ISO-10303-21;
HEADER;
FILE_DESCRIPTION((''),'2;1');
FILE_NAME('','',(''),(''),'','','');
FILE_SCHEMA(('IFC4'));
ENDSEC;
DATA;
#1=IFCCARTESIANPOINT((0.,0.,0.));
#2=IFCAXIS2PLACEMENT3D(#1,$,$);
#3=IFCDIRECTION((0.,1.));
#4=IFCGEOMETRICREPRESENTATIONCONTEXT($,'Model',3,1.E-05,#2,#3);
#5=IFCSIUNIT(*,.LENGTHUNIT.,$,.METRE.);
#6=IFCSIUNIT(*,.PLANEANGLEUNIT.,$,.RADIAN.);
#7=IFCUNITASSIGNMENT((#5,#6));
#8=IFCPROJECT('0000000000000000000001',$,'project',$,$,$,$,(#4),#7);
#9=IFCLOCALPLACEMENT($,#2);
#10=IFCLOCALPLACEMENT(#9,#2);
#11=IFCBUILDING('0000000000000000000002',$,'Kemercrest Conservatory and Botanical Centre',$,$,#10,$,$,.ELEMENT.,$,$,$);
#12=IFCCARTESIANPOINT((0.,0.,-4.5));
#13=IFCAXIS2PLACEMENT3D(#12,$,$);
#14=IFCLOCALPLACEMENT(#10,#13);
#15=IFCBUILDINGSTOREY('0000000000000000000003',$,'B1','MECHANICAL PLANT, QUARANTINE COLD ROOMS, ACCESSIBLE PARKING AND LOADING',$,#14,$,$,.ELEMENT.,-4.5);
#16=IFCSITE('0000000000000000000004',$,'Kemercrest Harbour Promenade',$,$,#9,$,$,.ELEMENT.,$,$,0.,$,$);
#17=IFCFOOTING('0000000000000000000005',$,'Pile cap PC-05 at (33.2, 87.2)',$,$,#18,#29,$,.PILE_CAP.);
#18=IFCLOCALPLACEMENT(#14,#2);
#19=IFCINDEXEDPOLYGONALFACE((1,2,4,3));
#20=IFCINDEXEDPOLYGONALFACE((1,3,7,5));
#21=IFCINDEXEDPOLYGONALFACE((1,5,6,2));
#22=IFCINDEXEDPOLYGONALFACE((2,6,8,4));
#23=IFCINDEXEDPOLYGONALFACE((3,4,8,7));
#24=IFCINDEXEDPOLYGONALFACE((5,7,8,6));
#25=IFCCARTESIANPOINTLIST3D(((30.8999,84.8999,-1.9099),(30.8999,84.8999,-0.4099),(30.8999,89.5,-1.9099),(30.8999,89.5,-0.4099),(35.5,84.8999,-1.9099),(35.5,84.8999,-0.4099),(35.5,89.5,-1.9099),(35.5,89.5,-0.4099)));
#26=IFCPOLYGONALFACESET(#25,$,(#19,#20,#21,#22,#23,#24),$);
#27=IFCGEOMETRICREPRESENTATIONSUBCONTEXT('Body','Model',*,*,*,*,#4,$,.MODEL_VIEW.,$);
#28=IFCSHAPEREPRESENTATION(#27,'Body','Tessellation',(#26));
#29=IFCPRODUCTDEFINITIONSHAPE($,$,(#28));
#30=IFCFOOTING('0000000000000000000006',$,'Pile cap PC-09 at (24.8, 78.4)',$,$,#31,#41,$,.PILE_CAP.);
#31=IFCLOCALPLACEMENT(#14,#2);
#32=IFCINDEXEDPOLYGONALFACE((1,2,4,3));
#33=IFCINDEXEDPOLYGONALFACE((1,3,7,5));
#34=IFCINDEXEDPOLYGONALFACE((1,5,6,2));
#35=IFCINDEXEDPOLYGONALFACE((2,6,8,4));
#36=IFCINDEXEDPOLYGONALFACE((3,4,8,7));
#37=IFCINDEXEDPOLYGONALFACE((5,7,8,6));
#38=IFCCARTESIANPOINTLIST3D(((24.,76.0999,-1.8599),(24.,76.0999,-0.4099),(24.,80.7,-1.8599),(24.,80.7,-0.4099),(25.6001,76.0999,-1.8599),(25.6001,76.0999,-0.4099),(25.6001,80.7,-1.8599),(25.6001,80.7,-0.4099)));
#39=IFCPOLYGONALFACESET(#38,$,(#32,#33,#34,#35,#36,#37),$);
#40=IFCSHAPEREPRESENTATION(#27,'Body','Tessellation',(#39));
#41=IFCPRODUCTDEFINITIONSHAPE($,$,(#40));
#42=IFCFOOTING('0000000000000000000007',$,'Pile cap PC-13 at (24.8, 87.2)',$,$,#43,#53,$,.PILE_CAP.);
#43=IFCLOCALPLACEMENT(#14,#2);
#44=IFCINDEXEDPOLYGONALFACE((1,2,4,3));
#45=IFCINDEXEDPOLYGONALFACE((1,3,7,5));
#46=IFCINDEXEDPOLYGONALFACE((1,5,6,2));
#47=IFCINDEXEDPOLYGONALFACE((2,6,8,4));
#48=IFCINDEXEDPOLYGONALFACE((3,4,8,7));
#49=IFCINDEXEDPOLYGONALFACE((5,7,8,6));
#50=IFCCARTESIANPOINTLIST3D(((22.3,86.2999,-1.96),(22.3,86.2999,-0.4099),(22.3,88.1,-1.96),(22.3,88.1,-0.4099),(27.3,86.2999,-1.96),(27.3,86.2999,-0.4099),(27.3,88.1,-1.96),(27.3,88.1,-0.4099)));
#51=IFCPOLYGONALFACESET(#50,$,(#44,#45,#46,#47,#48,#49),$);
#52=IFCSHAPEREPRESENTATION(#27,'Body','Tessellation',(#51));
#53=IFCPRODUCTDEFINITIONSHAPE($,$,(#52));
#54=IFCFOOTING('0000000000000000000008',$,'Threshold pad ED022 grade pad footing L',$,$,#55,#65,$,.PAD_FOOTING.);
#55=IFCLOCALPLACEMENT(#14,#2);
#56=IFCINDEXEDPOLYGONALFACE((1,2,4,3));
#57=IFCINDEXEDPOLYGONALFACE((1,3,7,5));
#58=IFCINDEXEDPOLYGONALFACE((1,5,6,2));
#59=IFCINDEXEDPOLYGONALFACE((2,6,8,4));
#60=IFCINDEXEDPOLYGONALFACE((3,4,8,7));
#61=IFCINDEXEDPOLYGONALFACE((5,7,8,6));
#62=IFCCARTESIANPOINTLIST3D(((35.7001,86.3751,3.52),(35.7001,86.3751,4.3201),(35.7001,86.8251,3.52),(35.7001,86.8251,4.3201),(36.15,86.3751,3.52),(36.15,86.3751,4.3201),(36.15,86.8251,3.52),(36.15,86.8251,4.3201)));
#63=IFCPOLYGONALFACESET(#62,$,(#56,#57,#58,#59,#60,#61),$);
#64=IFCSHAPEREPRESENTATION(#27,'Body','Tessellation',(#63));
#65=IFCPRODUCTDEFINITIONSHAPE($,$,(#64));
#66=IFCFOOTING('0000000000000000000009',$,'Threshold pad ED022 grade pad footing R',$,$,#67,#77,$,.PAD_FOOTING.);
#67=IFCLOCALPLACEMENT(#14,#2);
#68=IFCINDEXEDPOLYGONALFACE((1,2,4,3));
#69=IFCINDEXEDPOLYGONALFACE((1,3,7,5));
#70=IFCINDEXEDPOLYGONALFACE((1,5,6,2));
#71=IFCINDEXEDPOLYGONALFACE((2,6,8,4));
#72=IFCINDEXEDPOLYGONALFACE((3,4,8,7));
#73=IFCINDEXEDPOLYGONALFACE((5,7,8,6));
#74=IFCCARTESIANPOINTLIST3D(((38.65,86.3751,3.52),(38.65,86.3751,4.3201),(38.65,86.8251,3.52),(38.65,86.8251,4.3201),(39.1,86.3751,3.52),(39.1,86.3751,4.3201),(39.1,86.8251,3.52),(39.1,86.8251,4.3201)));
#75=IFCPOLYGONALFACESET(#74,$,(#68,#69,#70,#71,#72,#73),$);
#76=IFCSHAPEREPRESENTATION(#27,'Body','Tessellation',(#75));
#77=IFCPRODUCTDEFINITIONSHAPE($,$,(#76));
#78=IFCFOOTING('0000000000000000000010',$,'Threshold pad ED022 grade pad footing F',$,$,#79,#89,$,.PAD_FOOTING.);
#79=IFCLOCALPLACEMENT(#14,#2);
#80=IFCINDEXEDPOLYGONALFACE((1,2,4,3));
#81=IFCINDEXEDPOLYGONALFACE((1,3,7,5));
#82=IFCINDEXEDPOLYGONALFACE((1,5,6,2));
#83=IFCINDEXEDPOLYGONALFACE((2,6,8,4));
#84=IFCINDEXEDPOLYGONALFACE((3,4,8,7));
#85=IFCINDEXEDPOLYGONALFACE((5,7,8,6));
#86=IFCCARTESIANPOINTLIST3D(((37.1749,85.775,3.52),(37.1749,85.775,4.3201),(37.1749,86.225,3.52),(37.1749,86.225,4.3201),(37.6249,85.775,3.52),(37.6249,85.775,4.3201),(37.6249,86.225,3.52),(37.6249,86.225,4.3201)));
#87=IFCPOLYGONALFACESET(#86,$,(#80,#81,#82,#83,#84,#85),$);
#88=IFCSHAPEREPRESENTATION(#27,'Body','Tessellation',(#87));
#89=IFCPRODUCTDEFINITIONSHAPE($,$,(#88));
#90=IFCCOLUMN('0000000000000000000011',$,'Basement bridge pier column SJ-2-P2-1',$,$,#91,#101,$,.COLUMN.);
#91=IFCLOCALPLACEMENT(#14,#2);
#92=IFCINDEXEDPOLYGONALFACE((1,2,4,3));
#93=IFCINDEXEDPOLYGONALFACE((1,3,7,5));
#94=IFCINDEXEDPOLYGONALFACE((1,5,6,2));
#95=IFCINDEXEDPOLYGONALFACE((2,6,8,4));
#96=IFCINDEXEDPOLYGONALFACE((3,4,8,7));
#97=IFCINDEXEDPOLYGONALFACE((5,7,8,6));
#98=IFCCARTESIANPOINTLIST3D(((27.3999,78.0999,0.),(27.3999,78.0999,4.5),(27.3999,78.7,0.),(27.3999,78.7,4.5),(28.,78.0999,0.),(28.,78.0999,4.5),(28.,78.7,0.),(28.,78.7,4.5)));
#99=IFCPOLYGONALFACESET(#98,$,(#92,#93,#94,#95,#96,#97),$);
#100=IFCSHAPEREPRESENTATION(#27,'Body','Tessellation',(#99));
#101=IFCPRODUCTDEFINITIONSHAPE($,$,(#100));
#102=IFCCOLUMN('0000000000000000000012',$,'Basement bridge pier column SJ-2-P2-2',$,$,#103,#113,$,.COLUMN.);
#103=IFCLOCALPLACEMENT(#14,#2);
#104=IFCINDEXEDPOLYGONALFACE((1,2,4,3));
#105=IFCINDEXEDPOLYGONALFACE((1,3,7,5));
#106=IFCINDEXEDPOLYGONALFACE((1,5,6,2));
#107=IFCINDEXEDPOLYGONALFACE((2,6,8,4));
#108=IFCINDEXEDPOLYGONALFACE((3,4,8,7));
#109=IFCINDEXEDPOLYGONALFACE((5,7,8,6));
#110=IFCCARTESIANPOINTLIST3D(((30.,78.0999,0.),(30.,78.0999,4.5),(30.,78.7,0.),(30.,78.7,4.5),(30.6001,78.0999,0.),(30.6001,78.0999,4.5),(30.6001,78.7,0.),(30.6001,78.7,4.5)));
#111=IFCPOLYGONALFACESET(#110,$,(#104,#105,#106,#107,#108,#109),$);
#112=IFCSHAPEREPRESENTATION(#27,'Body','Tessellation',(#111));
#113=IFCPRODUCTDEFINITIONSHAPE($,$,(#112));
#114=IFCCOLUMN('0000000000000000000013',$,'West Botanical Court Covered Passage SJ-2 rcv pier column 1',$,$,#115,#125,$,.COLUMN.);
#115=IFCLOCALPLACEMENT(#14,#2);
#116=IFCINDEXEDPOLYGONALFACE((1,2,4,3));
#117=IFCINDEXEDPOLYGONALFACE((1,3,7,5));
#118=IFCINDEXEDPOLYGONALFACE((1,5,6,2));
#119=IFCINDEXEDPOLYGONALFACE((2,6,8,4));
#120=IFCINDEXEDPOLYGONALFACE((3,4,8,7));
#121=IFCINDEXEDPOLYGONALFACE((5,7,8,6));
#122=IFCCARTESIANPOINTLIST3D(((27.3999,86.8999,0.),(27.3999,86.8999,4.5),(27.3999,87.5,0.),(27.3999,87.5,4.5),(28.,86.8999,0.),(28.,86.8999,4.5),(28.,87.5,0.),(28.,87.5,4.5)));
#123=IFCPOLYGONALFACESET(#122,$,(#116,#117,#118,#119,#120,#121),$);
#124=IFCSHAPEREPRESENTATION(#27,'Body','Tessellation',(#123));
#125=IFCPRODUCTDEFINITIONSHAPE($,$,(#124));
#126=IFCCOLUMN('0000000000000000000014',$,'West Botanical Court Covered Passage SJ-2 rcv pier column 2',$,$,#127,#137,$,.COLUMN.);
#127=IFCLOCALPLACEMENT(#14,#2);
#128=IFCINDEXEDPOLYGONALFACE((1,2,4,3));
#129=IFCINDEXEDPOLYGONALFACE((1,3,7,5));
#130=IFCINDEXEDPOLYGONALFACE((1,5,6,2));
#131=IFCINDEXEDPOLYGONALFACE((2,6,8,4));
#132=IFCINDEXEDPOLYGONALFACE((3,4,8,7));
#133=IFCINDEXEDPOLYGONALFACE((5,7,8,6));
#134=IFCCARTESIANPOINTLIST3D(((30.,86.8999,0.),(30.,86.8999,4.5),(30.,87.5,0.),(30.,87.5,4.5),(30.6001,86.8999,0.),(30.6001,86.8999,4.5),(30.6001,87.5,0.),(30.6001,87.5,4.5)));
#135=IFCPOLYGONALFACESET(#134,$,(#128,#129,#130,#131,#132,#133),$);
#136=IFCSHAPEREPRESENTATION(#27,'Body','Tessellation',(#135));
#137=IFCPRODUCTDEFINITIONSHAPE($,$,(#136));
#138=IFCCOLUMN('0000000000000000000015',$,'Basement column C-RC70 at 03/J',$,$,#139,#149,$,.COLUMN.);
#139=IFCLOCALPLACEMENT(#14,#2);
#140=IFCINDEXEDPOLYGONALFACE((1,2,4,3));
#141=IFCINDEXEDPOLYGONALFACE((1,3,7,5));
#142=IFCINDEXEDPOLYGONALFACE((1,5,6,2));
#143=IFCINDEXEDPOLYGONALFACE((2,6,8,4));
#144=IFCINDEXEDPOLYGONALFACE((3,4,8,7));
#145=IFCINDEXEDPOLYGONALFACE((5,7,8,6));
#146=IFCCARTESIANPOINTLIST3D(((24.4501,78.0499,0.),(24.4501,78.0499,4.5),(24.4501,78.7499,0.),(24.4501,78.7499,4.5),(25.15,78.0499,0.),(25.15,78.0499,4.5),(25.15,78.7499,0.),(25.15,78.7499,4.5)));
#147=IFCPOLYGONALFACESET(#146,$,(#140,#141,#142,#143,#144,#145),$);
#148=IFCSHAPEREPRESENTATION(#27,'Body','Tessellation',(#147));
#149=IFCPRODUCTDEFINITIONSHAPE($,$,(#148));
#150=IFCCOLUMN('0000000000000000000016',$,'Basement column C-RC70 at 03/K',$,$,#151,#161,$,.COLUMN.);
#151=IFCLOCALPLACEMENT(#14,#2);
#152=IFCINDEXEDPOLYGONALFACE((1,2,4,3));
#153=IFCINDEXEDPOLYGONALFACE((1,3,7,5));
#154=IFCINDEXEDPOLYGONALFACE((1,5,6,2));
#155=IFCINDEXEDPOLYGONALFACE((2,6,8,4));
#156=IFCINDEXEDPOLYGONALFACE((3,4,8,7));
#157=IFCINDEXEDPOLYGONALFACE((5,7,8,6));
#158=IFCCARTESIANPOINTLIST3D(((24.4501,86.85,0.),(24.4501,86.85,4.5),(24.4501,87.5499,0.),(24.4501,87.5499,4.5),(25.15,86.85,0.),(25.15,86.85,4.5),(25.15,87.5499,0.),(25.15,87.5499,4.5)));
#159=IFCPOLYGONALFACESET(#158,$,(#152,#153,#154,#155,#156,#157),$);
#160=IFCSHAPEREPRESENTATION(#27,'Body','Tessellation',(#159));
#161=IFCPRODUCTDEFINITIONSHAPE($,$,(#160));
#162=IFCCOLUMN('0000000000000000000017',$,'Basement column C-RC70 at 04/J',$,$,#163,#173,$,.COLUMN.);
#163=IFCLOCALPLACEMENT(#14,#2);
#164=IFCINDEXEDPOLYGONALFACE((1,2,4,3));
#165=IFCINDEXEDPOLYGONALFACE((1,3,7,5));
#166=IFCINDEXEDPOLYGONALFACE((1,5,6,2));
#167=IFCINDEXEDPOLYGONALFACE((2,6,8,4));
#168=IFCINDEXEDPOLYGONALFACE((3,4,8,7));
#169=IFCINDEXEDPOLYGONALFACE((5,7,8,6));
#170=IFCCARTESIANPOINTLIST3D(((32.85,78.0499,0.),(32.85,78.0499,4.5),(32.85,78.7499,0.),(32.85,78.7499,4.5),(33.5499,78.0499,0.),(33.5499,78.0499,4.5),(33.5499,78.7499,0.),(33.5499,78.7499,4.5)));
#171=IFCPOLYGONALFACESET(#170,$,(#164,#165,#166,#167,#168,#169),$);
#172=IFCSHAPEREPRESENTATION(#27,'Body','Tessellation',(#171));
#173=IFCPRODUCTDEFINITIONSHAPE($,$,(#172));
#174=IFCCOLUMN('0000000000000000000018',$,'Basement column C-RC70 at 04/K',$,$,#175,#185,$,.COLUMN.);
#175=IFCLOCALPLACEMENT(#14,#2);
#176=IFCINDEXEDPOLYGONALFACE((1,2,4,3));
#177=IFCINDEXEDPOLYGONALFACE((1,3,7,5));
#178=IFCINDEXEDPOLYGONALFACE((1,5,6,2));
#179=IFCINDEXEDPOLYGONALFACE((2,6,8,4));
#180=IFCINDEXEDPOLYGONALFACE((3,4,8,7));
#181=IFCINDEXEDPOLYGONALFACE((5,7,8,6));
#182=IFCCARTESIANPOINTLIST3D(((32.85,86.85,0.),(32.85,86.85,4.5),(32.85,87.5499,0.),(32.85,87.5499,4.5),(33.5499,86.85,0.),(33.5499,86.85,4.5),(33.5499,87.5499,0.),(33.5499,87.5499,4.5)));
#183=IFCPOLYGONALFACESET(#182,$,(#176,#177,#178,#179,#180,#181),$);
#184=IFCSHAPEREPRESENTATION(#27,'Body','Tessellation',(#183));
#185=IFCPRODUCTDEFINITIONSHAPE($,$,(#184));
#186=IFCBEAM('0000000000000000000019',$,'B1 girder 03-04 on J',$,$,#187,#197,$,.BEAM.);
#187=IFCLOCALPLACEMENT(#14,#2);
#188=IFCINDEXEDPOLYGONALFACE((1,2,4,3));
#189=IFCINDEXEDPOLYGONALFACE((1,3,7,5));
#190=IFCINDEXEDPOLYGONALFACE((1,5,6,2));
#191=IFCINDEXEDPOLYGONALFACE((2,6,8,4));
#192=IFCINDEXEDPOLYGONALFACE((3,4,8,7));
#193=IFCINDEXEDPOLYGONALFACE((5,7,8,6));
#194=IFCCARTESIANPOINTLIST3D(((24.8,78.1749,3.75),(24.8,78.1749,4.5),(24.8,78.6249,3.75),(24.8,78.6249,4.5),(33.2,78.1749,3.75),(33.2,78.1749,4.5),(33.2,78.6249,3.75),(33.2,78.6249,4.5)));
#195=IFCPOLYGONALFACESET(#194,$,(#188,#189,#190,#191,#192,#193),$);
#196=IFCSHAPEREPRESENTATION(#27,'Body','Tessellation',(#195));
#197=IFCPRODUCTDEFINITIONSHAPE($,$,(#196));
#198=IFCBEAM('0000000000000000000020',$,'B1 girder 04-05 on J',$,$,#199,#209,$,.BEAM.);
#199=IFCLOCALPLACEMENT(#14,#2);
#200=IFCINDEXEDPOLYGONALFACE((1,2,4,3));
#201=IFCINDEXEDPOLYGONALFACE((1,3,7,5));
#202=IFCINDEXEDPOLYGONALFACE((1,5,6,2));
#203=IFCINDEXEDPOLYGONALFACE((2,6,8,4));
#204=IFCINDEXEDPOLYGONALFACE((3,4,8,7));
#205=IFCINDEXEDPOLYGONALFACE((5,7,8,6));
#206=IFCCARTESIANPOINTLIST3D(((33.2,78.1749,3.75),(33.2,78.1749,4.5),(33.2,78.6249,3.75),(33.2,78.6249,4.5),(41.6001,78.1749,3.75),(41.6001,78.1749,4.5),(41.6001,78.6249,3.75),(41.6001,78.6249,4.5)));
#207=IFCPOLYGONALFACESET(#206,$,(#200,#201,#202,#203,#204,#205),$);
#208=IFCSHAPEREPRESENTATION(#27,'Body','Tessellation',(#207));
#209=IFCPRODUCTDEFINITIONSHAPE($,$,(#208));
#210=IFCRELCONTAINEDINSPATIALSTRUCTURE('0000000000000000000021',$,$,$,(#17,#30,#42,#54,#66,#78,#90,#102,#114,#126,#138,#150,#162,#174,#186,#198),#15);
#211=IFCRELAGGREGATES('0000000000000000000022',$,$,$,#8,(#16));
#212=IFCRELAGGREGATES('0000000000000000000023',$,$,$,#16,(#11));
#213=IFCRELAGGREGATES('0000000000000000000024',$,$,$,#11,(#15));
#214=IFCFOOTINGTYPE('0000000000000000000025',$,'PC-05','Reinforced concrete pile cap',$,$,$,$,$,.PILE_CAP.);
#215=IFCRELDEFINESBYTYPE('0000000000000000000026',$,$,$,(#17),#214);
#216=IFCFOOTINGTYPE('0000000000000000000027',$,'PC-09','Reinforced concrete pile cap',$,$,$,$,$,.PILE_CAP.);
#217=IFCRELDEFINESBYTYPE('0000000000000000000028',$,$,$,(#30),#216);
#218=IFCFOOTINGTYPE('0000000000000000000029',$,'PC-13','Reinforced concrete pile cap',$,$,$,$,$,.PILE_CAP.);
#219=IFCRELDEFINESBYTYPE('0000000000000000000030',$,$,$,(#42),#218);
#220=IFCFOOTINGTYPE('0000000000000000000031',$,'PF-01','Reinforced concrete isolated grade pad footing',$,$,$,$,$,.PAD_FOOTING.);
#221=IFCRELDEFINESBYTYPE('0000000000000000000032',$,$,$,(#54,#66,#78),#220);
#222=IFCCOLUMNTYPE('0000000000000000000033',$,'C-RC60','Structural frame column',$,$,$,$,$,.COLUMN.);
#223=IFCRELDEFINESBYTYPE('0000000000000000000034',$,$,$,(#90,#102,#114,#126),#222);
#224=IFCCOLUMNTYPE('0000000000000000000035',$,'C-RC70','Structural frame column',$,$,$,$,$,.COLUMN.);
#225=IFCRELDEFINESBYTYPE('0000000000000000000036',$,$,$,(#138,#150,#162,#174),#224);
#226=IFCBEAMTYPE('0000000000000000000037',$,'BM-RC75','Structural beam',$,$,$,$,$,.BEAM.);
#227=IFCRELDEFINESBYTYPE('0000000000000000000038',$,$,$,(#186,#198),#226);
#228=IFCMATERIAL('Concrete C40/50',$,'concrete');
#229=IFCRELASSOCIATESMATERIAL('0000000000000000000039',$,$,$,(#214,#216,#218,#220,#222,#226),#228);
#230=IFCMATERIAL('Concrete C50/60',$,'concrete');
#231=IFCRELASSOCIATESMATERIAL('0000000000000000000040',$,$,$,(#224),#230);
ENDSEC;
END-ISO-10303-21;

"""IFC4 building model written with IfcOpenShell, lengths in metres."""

from ifc_helpers import new_model, si_unit, direction, frame, origin, origin_2d, place, context, subcontext, project, spatial, rectangle, extrude, material, material_profile, profile_set, type_object, element, save


model = new_model("IFC4")

# Units and contexts
model_context = context("Model", 3, precision=1e-05, world=origin(), true_north=direction((0.0, 1.0)))
body_context = subcontext(model_context, "Body", "Model", "MODEL_VIEW")
ifc_project = project(units=[si_unit("LENGTHUNIT", "METRE"), si_unit("PLANEANGLEUNIT", "RADIAN")], contexts=[model_context])

# Site, building, storey
site_placement = place(None, origin())
site = spatial("IfcSite", under=ifc_project, at=site_placement, Name="Kemercrest Harbour Promenade", CompositionType="ELEMENT", RefElevation=0.0)
building_placement = place(site_placement, origin())
building = spatial("IfcBuilding", under=site, at=building_placement, Name="Kemercrest Conservatory and Botanical Centre", CompositionType="ELEMENT")
storey_placement = place(building_placement, frame((0.0, 0.0, -4.5)))
storey = spatial("IfcBuildingStorey", under=building, at=storey_placement, Name="B1", Description="MECHANICAL PLANT, QUARANTINE COLD ROOMS, ACCESSIBLE PARKING AND LOADING", CompositionType="ELEMENT", Elevation=-4.5)

# Shared definitions
ifc_material_1 = material(Name="Concrete C40/50", Category="concrete")

# Footings
footing_type_1 = type_object("IfcFootingType", Name="PC-05", Description="Reinforced concrete pile cap", PredefinedType="PILE_CAP", material=ifc_material_1)
footing_1_placement = place(storey_placement, frame((33.2, 87.2, -1.9099), z_axis=(0.0, 0.0, 1.0), x_axis=(1.0, 0.0, 0.0)))
element("IfcFooting", 1, at=footing_1_placement, inside=storey, type_object=footing_type_1, Name="Pile cap PC-05 at (33.2, 87.2)", PredefinedType="PILE_CAP", context=body_context, shape_type="SweptSolid", body=[
    extrude(rectangle(XDim=4.6001, YDim=4.6001, at=origin_2d()), origin(), (0.0, 0.0, 1.0), 1.5),
])
footing_type_2 = type_object("IfcFootingType", Name="PC-09", Description="Reinforced concrete pile cap", PredefinedType="PILE_CAP", material=ifc_material_1)
footing_2_placement = place(storey_placement, frame((24.8, 78.3999, -1.8599), z_axis=(0.0, 0.0, 1.0), x_axis=(1.0, 0.0, 0.0)))
element("IfcFooting", 2, at=footing_2_placement, inside=storey, type_object=footing_type_2, Name="Pile cap PC-09 at (24.8, 78.4)", PredefinedType="PILE_CAP", context=body_context, shape_type="SweptSolid", body=[
    extrude(rectangle(XDim=1.6001, YDim=4.6001, at=origin_2d()), origin(), (0.0, 0.0, 1.0), 1.45),
])
footing_type_3 = type_object("IfcFootingType", Name="PC-13", Description="Reinforced concrete pile cap", PredefinedType="PILE_CAP", material=ifc_material_1)
footing_3_placement = place(storey_placement, frame((24.8, 87.2, -1.96), z_axis=(0.0, 0.0, 1.0), x_axis=(1.0, 0.0, 0.0)))
element("IfcFooting", 3, at=footing_3_placement, inside=storey, type_object=footing_type_3, Name="Pile cap PC-13 at (24.8, 87.2)", PredefinedType="PILE_CAP", context=body_context, shape_type="SweptSolid", body=[
    extrude(rectangle(XDim=5.0, YDim=1.8, at=origin_2d()), origin(), (0.0, 0.0, 1.0), 1.55),
])
footing_type_4 = type_object("IfcFootingType", Name="PF-01", Description="Reinforced concrete isolated grade pad footing", PredefinedType="PAD_FOOTING", material=ifc_material_1)
for number, where, z_axis, x_axis, name in (
    (4, (35.925, 86.6001, 3.52), (0.0, 0.0, 1.0), (1.0, 0.0, 0.0), "Threshold pad ED022 grade pad footing L"),
    (5, (38.875, 86.6001, 3.52), (0.0, 0.0, 1.0), (1.0, 0.0, 0.0), "Threshold pad ED022 grade pad footing R"),
    (6, (37.3999, 86.0, 3.52), (0.0, 0.0, 1.0), (1.0, 0.0, 0.0), "Threshold pad ED022 grade pad footing F"),
):
    element("IfcFooting", number, at=place(storey_placement, frame(where, z_axis=z_axis, x_axis=x_axis)), inside=storey, type_object=footing_type_4, Name=name, PredefinedType="PAD_FOOTING", context=body_context, shape_type="SweptSolid", body=[
        extrude(rectangle(XDim=0.45, YDim=0.45, at=origin_2d()), origin(), (0.0, 0.0, 1.0), 0.8),
    ])

# Columns
ifc_material_profile_1 = material_profile(ifc_material_1, rectangle(XDim=0.6001, YDim=0.6001, at=origin_2d()), Name="RC 600x600")
ifc_profile_set_1 = profile_set([ifc_material_profile_1], Name="Concrete C40/50")
column_type_1 = type_object("IfcColumnType", Name="C-RC60", Description="Structural frame column", PredefinedType="COLUMN", material=ifc_profile_set_1)
for number, where, z_axis, x_axis, name in (
    (7, (27.7, 78.3999, 0.0), (0.0, 0.0, 1.0), (1.0, 0.0, 0.0), "Basement bridge pier column SJ-2-P2-1"),
    (8, (30.3, 78.3999, 0.0), (0.0, 0.0, 1.0), (1.0, 0.0, 0.0), "Basement bridge pier column SJ-2-P2-2"),
    (9, (27.7, 87.2, 0.0), (0.0, 0.0, 1.0), (1.0, 0.0, 0.0), "West Botanical Court Covered Passage SJ-2 rcv pier column 1"),
    (10, (30.3, 87.2, 0.0), (0.0, 0.0, 1.0), (1.0, 0.0, 0.0), "West Botanical Court Covered Passage SJ-2 rcv pier column 2"),
):
    element("IfcColumn", number, at=place(storey_placement, frame(where, z_axis=z_axis, x_axis=x_axis)), inside=storey, type_object=column_type_1, Name=name, PredefinedType="COLUMN", context=body_context, shape_type="SweptSolid", body=[
        extrude(rectangle(XDim=0.6001, YDim=0.6001, at=origin_2d()), origin(), (0.0, 0.0, 1.0), 4.5),
    ])
ifc_material_2 = material(Name="Concrete C50/60", Category="concrete")
ifc_material_profile_2 = material_profile(ifc_material_2, rectangle(XDim=0.7, YDim=0.7, at=origin_2d()), Name="RC 700x700")
ifc_profile_set_2 = profile_set([ifc_material_profile_2], Name="Concrete C50/60")
column_type_2 = type_object("IfcColumnType", Name="C-RC70", Description="Structural frame column", PredefinedType="COLUMN", material=ifc_profile_set_2)
for number, where, z_axis, x_axis, name in (
    (11, (24.8, 78.3999, 0.0), (0.0, 0.0, 1.0), (1.0, 0.0, 0.0), "Basement column C-RC70 at 03/J"),
    (12, (24.8, 87.2, 0.0), (0.0, 0.0, 1.0), (1.0, 0.0, 0.0), "Basement column C-RC70 at 03/K"),
    (13, (33.2, 78.3999, 0.0), (0.0, 0.0, 1.0), (1.0, 0.0, 0.0), "Basement column C-RC70 at 04/J"),
    (14, (33.2, 87.2, 0.0), (0.0, 0.0, 1.0), (1.0, 0.0, 0.0), "Basement column C-RC70 at 04/K"),
):
    element("IfcColumn", number, at=place(storey_placement, frame(where, z_axis=z_axis, x_axis=x_axis)), inside=storey, type_object=column_type_2, Name=name, PredefinedType="COLUMN", context=body_context, shape_type="SweptSolid", body=[
        extrude(rectangle(XDim=0.7, YDim=0.7, at=origin_2d()), origin(), (0.0, 0.0, 1.0), 4.5),
    ])

# Beams
ifc_material_profile_3 = material_profile(ifc_material_1, rectangle(XDim=0.45, YDim=0.75, at=origin_2d()), Name="RC 450x750")
ifc_profile_set_3 = profile_set([ifc_material_profile_3], Name="Concrete C40/50")
beam_type = type_object("IfcBeamType", Name="BM-RC75", Description="Structural beam", PredefinedType="BEAM", material=ifc_profile_set_3)
beam_1_placement = place(storey_placement, frame((24.8, 78.3999, 4.125), z_axis=(1.0, 0.0, 0.0), x_axis=(0.0, 1.0, 0.0)))
element("IfcBeam", 15, at=beam_1_placement, inside=storey, type_object=beam_type, Name="B1 girder 03-04 on J", PredefinedType="BEAM", context=body_context, shape_type="SweptSolid", body=[
    extrude(rectangle(XDim=0.45, YDim=0.75, at=origin_2d()), origin(), (0.0, 0.0, 1.0), 8.3999),
])
beam_2_placement = place(storey_placement, frame((33.2, 78.3999, 4.125), z_axis=(1.0, 0.0, 0.0), x_axis=(0.0, 1.0, 0.0)))
element("IfcBeam", 16, at=beam_2_placement, inside=storey, type_object=beam_type, Name="B1 girder 04-05 on J", PredefinedType="BEAM", context=body_context, shape_type="SweptSolid", body=[
    extrude(rectangle(XDim=0.45, YDim=0.75, at=origin_2d()), origin(), (0.0, 0.0, 1.0), 8.4001),
])

save(model, "model.ifc")
